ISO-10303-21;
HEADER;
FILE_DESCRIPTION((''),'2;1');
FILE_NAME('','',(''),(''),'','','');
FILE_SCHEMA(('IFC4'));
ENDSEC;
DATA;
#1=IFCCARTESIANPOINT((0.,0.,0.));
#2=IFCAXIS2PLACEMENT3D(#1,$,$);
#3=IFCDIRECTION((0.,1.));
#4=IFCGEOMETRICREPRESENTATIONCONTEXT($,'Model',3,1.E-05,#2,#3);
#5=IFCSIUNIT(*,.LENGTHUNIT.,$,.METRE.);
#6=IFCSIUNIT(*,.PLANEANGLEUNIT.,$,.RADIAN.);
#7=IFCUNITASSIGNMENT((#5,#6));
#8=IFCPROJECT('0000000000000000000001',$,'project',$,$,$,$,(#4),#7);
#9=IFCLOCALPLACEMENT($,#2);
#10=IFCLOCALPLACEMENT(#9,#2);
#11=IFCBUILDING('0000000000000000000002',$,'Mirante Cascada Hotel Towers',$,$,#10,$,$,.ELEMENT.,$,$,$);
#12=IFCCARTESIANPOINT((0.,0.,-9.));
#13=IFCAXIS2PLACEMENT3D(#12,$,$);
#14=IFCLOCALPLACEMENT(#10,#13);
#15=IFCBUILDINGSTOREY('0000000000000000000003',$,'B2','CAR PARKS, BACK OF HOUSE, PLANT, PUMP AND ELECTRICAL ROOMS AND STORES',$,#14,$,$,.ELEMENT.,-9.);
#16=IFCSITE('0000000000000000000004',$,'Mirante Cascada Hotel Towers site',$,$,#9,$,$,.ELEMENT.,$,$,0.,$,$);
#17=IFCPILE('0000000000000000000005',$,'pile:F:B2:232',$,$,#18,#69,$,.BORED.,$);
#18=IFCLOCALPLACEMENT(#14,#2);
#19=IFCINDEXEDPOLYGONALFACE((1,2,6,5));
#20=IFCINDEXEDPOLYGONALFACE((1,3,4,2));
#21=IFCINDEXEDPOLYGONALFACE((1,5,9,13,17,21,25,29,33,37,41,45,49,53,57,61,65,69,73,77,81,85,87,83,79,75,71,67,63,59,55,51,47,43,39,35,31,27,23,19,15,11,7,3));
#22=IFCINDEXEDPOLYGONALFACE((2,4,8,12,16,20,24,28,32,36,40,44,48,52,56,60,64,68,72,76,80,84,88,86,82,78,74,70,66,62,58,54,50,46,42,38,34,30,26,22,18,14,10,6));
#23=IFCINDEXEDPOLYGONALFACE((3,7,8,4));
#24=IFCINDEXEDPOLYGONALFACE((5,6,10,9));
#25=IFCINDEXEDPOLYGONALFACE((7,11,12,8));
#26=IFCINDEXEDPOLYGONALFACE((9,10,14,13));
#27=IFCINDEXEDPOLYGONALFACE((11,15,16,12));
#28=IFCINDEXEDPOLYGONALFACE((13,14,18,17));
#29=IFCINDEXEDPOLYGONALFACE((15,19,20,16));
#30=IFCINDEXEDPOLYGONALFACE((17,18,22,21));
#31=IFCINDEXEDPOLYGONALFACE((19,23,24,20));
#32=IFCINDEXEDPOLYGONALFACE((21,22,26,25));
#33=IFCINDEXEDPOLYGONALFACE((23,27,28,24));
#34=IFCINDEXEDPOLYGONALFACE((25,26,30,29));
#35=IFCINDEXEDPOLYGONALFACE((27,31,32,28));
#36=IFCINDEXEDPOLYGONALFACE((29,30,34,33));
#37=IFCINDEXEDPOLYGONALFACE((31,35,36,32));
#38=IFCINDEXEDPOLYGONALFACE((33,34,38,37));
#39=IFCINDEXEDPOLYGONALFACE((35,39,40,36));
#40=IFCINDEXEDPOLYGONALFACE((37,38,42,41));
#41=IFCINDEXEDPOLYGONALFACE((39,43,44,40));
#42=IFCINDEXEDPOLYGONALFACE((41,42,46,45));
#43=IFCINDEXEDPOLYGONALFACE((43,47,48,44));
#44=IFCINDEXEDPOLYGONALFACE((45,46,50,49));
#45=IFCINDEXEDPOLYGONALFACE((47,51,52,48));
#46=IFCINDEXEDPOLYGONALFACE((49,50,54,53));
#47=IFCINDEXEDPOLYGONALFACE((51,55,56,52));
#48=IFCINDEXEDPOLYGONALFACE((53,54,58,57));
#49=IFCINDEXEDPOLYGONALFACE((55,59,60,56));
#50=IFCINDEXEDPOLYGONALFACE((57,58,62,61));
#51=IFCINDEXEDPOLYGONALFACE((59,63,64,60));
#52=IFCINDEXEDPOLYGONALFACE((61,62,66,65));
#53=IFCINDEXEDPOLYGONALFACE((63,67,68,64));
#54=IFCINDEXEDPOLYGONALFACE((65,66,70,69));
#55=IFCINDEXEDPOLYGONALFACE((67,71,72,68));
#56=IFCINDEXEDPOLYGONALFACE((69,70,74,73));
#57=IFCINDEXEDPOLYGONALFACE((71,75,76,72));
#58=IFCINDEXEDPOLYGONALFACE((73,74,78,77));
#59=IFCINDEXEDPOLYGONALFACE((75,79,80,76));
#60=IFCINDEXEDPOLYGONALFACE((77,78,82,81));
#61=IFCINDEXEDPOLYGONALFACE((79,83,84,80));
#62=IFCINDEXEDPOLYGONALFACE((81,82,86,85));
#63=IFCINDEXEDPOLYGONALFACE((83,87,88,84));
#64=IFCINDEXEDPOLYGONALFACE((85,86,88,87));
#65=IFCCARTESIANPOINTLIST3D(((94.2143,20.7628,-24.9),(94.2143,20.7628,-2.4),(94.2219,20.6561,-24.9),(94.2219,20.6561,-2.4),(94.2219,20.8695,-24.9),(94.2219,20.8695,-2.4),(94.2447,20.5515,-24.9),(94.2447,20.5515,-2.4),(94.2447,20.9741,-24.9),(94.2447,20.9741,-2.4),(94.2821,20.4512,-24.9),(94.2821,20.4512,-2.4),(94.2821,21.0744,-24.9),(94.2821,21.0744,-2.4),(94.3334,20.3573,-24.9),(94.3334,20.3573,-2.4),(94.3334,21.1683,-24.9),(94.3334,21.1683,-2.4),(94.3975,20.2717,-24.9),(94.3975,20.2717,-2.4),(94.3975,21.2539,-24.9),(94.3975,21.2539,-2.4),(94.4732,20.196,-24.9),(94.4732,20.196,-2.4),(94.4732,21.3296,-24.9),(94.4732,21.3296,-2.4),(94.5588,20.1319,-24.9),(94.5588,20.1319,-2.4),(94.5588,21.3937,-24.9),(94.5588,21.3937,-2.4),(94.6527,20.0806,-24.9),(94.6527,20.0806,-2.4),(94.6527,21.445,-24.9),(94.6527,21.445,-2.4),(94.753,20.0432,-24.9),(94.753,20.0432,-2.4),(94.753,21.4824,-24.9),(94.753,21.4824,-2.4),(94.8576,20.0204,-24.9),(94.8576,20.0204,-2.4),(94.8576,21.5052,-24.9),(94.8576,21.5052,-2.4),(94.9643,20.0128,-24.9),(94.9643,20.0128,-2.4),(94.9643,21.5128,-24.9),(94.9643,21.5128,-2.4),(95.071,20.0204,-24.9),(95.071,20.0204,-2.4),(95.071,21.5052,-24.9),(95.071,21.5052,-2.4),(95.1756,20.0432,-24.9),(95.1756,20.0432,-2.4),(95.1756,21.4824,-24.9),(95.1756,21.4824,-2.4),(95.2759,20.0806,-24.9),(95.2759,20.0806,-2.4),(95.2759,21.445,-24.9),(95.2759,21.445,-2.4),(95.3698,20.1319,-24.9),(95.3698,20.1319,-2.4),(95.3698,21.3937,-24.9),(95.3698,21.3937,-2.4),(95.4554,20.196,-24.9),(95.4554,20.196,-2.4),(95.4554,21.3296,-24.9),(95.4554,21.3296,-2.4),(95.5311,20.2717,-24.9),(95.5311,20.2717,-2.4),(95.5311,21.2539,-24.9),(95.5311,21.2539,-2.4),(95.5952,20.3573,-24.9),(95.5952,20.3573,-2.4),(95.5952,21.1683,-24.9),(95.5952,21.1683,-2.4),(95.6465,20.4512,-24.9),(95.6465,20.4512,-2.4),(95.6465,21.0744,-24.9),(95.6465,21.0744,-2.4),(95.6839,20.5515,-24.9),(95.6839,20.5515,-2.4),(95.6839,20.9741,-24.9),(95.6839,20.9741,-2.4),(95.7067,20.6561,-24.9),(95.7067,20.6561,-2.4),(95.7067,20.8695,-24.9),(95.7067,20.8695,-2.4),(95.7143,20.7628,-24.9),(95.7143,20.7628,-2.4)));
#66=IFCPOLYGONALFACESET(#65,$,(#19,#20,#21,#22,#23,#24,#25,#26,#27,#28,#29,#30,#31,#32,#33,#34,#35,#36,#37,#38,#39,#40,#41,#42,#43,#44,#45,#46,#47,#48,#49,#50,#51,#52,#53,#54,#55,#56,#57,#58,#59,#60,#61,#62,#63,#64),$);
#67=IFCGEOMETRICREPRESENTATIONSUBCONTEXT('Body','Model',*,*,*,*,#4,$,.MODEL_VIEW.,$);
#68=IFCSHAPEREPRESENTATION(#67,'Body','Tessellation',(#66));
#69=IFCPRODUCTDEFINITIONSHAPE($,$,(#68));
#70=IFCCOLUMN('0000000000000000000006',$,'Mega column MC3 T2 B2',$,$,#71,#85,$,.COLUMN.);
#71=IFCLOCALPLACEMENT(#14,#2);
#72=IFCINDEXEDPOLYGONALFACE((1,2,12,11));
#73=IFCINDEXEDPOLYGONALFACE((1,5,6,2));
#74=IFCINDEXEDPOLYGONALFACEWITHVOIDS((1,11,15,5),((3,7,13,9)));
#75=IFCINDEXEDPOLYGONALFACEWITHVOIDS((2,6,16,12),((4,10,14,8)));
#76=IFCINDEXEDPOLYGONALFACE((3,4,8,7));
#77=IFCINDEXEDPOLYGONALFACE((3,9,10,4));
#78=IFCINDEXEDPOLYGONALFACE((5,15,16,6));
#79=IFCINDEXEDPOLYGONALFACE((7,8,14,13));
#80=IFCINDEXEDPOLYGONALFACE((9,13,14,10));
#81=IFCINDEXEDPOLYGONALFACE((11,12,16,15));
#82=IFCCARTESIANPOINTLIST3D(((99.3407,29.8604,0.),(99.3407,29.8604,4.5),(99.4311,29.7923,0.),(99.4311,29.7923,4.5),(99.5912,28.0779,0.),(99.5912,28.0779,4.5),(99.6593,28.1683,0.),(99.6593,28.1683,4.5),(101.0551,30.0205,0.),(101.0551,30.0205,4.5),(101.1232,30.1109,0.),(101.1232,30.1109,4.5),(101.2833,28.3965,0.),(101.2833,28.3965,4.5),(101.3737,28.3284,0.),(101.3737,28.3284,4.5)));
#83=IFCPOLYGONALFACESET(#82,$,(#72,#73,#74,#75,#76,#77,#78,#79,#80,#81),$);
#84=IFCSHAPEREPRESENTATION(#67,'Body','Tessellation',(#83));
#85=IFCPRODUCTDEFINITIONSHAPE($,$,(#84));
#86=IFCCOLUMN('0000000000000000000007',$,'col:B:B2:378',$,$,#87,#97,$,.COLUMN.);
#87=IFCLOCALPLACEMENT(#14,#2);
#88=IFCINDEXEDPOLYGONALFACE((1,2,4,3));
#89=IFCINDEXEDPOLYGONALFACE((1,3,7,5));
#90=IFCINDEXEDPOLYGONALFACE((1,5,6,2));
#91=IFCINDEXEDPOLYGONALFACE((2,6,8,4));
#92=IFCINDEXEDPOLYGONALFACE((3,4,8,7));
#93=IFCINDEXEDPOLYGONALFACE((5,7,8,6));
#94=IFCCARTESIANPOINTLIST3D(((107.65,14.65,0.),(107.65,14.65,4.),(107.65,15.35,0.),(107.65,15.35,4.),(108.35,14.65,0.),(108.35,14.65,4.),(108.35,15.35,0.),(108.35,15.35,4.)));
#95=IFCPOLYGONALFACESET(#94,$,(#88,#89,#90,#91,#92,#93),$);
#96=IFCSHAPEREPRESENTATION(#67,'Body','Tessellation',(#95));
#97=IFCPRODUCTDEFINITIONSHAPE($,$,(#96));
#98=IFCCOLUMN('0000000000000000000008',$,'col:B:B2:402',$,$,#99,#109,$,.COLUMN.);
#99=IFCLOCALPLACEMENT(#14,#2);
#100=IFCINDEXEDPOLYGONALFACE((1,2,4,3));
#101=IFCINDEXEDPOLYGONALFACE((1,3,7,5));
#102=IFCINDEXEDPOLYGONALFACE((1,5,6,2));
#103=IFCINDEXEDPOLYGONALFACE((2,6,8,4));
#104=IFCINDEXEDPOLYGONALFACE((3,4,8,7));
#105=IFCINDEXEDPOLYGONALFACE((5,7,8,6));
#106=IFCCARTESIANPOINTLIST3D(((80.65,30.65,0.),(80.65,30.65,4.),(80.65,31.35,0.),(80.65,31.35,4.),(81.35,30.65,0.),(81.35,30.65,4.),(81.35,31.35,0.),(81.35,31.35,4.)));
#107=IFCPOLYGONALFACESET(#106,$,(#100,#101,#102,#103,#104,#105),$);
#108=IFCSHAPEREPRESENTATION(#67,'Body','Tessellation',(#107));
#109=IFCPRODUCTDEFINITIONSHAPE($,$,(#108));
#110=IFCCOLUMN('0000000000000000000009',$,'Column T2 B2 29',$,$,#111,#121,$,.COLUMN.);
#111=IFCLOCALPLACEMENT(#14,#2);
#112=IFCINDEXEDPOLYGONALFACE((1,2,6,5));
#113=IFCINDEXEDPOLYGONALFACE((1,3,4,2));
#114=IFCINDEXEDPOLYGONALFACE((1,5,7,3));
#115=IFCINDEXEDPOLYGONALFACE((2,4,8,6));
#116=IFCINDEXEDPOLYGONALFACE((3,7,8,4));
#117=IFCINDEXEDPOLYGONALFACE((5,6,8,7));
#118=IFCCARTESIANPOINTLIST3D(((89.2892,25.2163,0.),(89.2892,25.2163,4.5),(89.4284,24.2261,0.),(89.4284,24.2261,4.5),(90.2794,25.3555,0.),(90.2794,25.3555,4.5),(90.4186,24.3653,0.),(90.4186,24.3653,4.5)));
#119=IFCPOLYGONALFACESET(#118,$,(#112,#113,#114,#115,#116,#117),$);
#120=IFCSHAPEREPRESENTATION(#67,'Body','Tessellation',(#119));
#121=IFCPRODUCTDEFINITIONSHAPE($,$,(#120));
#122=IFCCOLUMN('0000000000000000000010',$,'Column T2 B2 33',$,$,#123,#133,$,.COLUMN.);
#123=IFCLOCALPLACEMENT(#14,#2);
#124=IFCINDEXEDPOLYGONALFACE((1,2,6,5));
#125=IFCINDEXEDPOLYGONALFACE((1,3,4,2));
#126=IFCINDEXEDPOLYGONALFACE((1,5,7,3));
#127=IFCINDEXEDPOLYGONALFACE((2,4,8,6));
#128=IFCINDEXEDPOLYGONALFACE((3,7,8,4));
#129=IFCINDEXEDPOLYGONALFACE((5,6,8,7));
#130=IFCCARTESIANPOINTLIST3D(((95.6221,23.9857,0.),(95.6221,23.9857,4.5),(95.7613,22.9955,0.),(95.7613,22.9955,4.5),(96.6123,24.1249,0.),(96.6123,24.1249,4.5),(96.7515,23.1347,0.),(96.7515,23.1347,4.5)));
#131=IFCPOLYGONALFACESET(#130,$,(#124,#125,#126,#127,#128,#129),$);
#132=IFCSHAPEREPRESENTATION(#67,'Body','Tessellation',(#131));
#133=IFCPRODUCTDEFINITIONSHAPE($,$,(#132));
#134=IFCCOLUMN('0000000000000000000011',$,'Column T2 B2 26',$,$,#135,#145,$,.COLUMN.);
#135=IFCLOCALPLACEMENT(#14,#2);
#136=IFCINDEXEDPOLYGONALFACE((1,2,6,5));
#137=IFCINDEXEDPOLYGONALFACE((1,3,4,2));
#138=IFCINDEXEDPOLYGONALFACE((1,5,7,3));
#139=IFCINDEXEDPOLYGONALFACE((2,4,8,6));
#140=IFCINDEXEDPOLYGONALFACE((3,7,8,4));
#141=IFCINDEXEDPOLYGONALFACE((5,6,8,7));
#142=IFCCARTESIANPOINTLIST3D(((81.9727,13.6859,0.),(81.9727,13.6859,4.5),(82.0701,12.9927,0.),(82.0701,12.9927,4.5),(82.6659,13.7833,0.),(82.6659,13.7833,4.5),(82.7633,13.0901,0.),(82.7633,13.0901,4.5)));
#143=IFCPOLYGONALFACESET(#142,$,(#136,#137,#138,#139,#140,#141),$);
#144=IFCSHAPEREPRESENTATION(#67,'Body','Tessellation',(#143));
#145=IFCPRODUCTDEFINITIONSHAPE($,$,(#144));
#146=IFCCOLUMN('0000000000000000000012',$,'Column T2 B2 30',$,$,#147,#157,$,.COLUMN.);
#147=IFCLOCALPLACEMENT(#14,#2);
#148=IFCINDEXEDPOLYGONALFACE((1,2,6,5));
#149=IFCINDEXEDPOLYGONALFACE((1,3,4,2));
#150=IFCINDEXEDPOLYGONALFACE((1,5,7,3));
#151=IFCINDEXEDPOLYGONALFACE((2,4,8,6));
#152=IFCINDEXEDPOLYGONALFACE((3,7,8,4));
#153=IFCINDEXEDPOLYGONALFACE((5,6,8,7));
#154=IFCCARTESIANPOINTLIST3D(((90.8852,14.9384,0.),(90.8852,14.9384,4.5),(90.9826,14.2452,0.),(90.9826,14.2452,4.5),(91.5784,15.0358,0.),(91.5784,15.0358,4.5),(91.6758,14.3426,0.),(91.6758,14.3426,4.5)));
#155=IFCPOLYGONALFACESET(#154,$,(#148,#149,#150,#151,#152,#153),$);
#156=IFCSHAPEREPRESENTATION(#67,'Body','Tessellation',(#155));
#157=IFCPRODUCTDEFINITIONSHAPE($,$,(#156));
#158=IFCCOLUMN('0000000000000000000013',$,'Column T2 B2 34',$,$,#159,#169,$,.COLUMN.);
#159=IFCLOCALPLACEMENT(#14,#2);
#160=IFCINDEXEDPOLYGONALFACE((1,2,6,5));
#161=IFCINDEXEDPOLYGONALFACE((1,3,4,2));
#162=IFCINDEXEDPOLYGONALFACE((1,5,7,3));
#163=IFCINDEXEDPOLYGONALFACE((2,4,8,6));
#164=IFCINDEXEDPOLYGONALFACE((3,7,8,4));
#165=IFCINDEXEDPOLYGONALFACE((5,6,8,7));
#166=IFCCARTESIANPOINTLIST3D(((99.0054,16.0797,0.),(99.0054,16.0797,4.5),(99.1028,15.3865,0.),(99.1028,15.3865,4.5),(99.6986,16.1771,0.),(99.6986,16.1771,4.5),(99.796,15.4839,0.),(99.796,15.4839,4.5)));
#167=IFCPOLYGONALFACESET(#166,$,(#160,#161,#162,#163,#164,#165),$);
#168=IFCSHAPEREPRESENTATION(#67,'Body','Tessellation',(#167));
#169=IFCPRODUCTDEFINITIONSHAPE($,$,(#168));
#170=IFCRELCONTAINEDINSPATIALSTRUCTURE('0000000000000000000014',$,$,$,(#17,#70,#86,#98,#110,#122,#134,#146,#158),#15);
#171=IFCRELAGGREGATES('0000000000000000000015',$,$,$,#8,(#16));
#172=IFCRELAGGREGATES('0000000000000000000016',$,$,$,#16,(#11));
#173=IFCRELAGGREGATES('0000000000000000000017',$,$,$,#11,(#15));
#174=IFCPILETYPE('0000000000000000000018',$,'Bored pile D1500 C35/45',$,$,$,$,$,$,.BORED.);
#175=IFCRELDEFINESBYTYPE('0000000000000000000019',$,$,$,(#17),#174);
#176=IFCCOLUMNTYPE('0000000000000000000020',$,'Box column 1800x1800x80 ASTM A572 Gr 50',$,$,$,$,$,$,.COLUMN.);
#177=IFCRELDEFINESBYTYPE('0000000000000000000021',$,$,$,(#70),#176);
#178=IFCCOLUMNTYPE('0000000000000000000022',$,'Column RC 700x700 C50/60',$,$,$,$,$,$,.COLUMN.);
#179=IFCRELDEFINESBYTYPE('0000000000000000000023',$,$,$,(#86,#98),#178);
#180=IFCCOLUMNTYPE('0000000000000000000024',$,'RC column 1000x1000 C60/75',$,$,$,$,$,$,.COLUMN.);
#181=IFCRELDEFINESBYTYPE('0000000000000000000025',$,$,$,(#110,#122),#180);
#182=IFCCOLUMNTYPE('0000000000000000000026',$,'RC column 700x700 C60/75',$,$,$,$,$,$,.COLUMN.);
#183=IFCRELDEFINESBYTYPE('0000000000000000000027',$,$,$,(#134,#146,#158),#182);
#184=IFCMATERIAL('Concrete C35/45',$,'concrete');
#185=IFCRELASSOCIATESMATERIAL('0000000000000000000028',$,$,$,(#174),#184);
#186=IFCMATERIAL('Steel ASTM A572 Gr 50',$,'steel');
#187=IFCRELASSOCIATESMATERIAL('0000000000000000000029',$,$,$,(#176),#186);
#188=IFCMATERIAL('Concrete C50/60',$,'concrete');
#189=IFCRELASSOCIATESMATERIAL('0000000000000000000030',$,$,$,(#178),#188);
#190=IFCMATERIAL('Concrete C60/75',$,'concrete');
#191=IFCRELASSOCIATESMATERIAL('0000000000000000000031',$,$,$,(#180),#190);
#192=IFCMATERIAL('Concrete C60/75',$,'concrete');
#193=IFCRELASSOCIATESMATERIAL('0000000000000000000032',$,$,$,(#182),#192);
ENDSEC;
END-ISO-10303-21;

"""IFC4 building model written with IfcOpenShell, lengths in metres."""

from ifc_helpers import new_model, si_unit, direction, frame, origin, origin_2d, place, context, subcontext, project, spatial, rectangle, hollow_rectangle, circle, extrude, material, material_profile, profile_set, type_object, element, save


model = new_model("IFC4")

# Units and contexts
model_context = context("Model", 3, precision=1e-05, world=origin(), true_north=direction((0.0, 1.0)))
body_context = subcontext(model_context, "Body", "Model", "MODEL_VIEW")
ifc_project = project(units=[si_unit("LENGTHUNIT", "METRE"), si_unit("PLANEANGLEUNIT", "RADIAN")], contexts=[model_context])

# Site, building, storey
site_placement = place(None, origin())
site = spatial("IfcSite", under=ifc_project, at=site_placement, Name="Mirante Cascada Hotel Towers site", CompositionType="ELEMENT", RefElevation=0.0)
building_placement = place(site_placement, origin())
building = spatial("IfcBuilding", under=site, at=building_placement, Name="Mirante Cascada Hotel Towers", CompositionType="ELEMENT")
storey_placement = place(building_placement, frame((0.0, 0.0, -9.0)))
storey = spatial("IfcBuildingStorey", under=building, at=storey_placement, Name="B2", Description="CAR PARKS, BACK OF HOUSE, PLANT, PUMP AND ELECTRICAL ROOMS AND STORES", CompositionType="ELEMENT", Elevation=-9.0)

# Pile
ifc_material_1 = material(Name="Concrete C35/45", Category="concrete")
ifc_material_profile_1 = material_profile(ifc_material_1, circle(Radius=0.75, at=origin_2d()), Name="RC D1500")
ifc_profile_set_1 = profile_set([ifc_material_profile_1], Name="Concrete C35/45")
pile_type = type_object("IfcPileType", Name="Bored pile D1500 C35/45", PredefinedType="BORED", material=ifc_profile_set_1)
for number, where, z_axis, x_axis, name in (
    (1, (94.9643, 20.7628, -2.4), (0.0, 0.0, -1.0), (1.0, 0.0, 0.0), "pile:F:B2:232"),
):
    element("IfcPile", number, at=place(storey_placement, frame(where, z_axis=z_axis, x_axis=x_axis)), inside=storey, type_object=pile_type, Name=name, PredefinedType="BORED", context=body_context, shape_type="SweptSolid", body=[
        extrude(circle(Radius=0.75, at=origin_2d()), origin(), (0.0, 0.0, 1.0), 22.5),
    ])

# Columns
ifc_material_2 = material(Name="Steel ASTM A572 Gr 50", Category="steel")
ifc_material_profile_2 = material_profile(ifc_material_2, hollow_rectangle(XDim=1.8, YDim=1.8, WallThickness=0.08, at=origin_2d()), Name="Box column 1800x1800x80 ASTM A572 Gr 50")
ifc_profile_set_2 = profile_set([ifc_material_profile_2], Name="Steel ASTM A572 Gr 50")
column_type_1 = type_object("IfcColumnType", Name="Box column 1800x1800x80 ASTM A572 Gr 50", PredefinedType="COLUMN", material=ifc_profile_set_2)
column_placement = place(storey_placement, frame((100.3572, 29.0944, 0.0), z_axis=(0.0, 0.0, 1.0), x_axis=(0.990268, 0.139173, 0.0)))
element("IfcColumn", 2, at=column_placement, inside=storey, type_object=column_type_1, Name="Mega column MC3 T2 B2", PredefinedType="COLUMN", context=body_context, shape_type="SweptSolid", body=[
    extrude(hollow_rectangle(XDim=1.8, YDim=1.8, WallThickness=0.08, at=origin_2d()), origin(), (0.0, 0.0, 1.0), 4.5),
])
ifc_material_3 = material(Name="Concrete C50/60", Category="concrete")
ifc_material_profile_3 = material_profile(ifc_material_3, rectangle(XDim=0.7, YDim=0.7, at=origin_2d()), Name="RC 700x700")
ifc_profile_set_3 = profile_set([ifc_material_profile_3], Name="Concrete C50/60")
column_type_2 = type_object("IfcColumnType", Name="Column RC 700x700 C50/60", PredefinedType="COLUMN", material=ifc_profile_set_3)
for number, where, z_axis, x_axis, name in (
    (3, (108.0, 15.0, 0.0), (0.0, 0.0, 1.0), (1.0, 0.0, 0.0), "col:B:B2:378"),
    (4, (81.0, 31.0, 0.0), (0.0, 0.0, 1.0), (1.0, 0.0, 0.0), "col:B:B2:402"),
):
    element("IfcColumn", number, at=place(storey_placement, frame(where, z_axis=z_axis, x_axis=x_axis)), inside=storey, type_object=column_type_2, Name=name, PredefinedType="COLUMN", context=body_context, shape_type="SweptSolid", body=[
        extrude(rectangle(XDim=0.7, YDim=0.7, at=origin_2d()), origin(), (0.0, 0.0, 1.0), 4.0),
    ])
ifc_material_4 = material(Name="Concrete C60/75", Category="concrete")
ifc_material_profile_4 = material_profile(ifc_material_4, rectangle(XDim=1.0, YDim=1.0, at=origin_2d()), Name="RC column 1000x1000 C60/75")
ifc_profile_set_4 = profile_set([ifc_material_profile_4], Name="Concrete C60/75")
column_type_3 = type_object("IfcColumnType", Name="RC column 1000x1000 C60/75", PredefinedType="COLUMN", material=ifc_profile_set_4)
for number, where, z_axis, x_axis, name in (
    (5, (89.8539, 24.7908, 0.0), (0.0, 0.0, 1.0), (0.990268, 0.139173, 0.0), "Column T2 B2 29"),
    (6, (96.1868, 23.5602, 0.0), (0.0, 0.0, 1.0), (0.990268, 0.139173, 0.0), "Column T2 B2 33"),
):
    element("IfcColumn", number, at=place(storey_placement, frame(where, z_axis=z_axis, x_axis=x_axis)), inside=storey, type_object=column_type_3, Name=name, PredefinedType="COLUMN", context=body_context, shape_type="SweptSolid", body=[
        extrude(rectangle(XDim=1.0, YDim=1.0, at=origin_2d()), origin(), (0.0, 0.0, 1.0), 4.5),
    ])
ifc_material_5 = material(Name="Concrete C60/75", Category="concrete")
ifc_material_profile_5 = material_profile(ifc_material_5, rectangle(XDim=0.7, YDim=0.7, at=origin_2d()), Name="RC column 700x700 C60/75")
ifc_profile_set_5 = profile_set([ifc_material_profile_5], Name="Concrete C60/75")
column_type_4 = type_object("IfcColumnType", Name="RC column 700x700 C60/75", PredefinedType="COLUMN", material=ifc_profile_set_5)
for number, where, z_axis, x_axis, name in (
    (7, (82.368, 13.388, 0.0), (0.0, 0.0, 1.0), (0.990268, 0.139173, 0.0), "Column T2 B2 26"),
    (8, (91.2805, 14.6405, 0.0), (0.0, 0.0, 1.0), (0.990268, 0.139173, 0.0), "Column T2 B2 30"),
    (9, (99.4007, 15.7818, 0.0), (0.0, 0.0, 1.0), (0.990268, 0.139173, 0.0), "Column T2 B2 34"),
):
    element("IfcColumn", number, at=place(storey_placement, frame(where, z_axis=z_axis, x_axis=x_axis)), inside=storey, type_object=column_type_4, Name=name, PredefinedType="COLUMN", context=body_context, shape_type="SweptSolid", body=[
        extrude(rectangle(XDim=0.7, YDim=0.7, at=origin_2d()), origin(), (0.0, 0.0, 1.0), 4.5),
    ])

save(model, "model.ifc")
